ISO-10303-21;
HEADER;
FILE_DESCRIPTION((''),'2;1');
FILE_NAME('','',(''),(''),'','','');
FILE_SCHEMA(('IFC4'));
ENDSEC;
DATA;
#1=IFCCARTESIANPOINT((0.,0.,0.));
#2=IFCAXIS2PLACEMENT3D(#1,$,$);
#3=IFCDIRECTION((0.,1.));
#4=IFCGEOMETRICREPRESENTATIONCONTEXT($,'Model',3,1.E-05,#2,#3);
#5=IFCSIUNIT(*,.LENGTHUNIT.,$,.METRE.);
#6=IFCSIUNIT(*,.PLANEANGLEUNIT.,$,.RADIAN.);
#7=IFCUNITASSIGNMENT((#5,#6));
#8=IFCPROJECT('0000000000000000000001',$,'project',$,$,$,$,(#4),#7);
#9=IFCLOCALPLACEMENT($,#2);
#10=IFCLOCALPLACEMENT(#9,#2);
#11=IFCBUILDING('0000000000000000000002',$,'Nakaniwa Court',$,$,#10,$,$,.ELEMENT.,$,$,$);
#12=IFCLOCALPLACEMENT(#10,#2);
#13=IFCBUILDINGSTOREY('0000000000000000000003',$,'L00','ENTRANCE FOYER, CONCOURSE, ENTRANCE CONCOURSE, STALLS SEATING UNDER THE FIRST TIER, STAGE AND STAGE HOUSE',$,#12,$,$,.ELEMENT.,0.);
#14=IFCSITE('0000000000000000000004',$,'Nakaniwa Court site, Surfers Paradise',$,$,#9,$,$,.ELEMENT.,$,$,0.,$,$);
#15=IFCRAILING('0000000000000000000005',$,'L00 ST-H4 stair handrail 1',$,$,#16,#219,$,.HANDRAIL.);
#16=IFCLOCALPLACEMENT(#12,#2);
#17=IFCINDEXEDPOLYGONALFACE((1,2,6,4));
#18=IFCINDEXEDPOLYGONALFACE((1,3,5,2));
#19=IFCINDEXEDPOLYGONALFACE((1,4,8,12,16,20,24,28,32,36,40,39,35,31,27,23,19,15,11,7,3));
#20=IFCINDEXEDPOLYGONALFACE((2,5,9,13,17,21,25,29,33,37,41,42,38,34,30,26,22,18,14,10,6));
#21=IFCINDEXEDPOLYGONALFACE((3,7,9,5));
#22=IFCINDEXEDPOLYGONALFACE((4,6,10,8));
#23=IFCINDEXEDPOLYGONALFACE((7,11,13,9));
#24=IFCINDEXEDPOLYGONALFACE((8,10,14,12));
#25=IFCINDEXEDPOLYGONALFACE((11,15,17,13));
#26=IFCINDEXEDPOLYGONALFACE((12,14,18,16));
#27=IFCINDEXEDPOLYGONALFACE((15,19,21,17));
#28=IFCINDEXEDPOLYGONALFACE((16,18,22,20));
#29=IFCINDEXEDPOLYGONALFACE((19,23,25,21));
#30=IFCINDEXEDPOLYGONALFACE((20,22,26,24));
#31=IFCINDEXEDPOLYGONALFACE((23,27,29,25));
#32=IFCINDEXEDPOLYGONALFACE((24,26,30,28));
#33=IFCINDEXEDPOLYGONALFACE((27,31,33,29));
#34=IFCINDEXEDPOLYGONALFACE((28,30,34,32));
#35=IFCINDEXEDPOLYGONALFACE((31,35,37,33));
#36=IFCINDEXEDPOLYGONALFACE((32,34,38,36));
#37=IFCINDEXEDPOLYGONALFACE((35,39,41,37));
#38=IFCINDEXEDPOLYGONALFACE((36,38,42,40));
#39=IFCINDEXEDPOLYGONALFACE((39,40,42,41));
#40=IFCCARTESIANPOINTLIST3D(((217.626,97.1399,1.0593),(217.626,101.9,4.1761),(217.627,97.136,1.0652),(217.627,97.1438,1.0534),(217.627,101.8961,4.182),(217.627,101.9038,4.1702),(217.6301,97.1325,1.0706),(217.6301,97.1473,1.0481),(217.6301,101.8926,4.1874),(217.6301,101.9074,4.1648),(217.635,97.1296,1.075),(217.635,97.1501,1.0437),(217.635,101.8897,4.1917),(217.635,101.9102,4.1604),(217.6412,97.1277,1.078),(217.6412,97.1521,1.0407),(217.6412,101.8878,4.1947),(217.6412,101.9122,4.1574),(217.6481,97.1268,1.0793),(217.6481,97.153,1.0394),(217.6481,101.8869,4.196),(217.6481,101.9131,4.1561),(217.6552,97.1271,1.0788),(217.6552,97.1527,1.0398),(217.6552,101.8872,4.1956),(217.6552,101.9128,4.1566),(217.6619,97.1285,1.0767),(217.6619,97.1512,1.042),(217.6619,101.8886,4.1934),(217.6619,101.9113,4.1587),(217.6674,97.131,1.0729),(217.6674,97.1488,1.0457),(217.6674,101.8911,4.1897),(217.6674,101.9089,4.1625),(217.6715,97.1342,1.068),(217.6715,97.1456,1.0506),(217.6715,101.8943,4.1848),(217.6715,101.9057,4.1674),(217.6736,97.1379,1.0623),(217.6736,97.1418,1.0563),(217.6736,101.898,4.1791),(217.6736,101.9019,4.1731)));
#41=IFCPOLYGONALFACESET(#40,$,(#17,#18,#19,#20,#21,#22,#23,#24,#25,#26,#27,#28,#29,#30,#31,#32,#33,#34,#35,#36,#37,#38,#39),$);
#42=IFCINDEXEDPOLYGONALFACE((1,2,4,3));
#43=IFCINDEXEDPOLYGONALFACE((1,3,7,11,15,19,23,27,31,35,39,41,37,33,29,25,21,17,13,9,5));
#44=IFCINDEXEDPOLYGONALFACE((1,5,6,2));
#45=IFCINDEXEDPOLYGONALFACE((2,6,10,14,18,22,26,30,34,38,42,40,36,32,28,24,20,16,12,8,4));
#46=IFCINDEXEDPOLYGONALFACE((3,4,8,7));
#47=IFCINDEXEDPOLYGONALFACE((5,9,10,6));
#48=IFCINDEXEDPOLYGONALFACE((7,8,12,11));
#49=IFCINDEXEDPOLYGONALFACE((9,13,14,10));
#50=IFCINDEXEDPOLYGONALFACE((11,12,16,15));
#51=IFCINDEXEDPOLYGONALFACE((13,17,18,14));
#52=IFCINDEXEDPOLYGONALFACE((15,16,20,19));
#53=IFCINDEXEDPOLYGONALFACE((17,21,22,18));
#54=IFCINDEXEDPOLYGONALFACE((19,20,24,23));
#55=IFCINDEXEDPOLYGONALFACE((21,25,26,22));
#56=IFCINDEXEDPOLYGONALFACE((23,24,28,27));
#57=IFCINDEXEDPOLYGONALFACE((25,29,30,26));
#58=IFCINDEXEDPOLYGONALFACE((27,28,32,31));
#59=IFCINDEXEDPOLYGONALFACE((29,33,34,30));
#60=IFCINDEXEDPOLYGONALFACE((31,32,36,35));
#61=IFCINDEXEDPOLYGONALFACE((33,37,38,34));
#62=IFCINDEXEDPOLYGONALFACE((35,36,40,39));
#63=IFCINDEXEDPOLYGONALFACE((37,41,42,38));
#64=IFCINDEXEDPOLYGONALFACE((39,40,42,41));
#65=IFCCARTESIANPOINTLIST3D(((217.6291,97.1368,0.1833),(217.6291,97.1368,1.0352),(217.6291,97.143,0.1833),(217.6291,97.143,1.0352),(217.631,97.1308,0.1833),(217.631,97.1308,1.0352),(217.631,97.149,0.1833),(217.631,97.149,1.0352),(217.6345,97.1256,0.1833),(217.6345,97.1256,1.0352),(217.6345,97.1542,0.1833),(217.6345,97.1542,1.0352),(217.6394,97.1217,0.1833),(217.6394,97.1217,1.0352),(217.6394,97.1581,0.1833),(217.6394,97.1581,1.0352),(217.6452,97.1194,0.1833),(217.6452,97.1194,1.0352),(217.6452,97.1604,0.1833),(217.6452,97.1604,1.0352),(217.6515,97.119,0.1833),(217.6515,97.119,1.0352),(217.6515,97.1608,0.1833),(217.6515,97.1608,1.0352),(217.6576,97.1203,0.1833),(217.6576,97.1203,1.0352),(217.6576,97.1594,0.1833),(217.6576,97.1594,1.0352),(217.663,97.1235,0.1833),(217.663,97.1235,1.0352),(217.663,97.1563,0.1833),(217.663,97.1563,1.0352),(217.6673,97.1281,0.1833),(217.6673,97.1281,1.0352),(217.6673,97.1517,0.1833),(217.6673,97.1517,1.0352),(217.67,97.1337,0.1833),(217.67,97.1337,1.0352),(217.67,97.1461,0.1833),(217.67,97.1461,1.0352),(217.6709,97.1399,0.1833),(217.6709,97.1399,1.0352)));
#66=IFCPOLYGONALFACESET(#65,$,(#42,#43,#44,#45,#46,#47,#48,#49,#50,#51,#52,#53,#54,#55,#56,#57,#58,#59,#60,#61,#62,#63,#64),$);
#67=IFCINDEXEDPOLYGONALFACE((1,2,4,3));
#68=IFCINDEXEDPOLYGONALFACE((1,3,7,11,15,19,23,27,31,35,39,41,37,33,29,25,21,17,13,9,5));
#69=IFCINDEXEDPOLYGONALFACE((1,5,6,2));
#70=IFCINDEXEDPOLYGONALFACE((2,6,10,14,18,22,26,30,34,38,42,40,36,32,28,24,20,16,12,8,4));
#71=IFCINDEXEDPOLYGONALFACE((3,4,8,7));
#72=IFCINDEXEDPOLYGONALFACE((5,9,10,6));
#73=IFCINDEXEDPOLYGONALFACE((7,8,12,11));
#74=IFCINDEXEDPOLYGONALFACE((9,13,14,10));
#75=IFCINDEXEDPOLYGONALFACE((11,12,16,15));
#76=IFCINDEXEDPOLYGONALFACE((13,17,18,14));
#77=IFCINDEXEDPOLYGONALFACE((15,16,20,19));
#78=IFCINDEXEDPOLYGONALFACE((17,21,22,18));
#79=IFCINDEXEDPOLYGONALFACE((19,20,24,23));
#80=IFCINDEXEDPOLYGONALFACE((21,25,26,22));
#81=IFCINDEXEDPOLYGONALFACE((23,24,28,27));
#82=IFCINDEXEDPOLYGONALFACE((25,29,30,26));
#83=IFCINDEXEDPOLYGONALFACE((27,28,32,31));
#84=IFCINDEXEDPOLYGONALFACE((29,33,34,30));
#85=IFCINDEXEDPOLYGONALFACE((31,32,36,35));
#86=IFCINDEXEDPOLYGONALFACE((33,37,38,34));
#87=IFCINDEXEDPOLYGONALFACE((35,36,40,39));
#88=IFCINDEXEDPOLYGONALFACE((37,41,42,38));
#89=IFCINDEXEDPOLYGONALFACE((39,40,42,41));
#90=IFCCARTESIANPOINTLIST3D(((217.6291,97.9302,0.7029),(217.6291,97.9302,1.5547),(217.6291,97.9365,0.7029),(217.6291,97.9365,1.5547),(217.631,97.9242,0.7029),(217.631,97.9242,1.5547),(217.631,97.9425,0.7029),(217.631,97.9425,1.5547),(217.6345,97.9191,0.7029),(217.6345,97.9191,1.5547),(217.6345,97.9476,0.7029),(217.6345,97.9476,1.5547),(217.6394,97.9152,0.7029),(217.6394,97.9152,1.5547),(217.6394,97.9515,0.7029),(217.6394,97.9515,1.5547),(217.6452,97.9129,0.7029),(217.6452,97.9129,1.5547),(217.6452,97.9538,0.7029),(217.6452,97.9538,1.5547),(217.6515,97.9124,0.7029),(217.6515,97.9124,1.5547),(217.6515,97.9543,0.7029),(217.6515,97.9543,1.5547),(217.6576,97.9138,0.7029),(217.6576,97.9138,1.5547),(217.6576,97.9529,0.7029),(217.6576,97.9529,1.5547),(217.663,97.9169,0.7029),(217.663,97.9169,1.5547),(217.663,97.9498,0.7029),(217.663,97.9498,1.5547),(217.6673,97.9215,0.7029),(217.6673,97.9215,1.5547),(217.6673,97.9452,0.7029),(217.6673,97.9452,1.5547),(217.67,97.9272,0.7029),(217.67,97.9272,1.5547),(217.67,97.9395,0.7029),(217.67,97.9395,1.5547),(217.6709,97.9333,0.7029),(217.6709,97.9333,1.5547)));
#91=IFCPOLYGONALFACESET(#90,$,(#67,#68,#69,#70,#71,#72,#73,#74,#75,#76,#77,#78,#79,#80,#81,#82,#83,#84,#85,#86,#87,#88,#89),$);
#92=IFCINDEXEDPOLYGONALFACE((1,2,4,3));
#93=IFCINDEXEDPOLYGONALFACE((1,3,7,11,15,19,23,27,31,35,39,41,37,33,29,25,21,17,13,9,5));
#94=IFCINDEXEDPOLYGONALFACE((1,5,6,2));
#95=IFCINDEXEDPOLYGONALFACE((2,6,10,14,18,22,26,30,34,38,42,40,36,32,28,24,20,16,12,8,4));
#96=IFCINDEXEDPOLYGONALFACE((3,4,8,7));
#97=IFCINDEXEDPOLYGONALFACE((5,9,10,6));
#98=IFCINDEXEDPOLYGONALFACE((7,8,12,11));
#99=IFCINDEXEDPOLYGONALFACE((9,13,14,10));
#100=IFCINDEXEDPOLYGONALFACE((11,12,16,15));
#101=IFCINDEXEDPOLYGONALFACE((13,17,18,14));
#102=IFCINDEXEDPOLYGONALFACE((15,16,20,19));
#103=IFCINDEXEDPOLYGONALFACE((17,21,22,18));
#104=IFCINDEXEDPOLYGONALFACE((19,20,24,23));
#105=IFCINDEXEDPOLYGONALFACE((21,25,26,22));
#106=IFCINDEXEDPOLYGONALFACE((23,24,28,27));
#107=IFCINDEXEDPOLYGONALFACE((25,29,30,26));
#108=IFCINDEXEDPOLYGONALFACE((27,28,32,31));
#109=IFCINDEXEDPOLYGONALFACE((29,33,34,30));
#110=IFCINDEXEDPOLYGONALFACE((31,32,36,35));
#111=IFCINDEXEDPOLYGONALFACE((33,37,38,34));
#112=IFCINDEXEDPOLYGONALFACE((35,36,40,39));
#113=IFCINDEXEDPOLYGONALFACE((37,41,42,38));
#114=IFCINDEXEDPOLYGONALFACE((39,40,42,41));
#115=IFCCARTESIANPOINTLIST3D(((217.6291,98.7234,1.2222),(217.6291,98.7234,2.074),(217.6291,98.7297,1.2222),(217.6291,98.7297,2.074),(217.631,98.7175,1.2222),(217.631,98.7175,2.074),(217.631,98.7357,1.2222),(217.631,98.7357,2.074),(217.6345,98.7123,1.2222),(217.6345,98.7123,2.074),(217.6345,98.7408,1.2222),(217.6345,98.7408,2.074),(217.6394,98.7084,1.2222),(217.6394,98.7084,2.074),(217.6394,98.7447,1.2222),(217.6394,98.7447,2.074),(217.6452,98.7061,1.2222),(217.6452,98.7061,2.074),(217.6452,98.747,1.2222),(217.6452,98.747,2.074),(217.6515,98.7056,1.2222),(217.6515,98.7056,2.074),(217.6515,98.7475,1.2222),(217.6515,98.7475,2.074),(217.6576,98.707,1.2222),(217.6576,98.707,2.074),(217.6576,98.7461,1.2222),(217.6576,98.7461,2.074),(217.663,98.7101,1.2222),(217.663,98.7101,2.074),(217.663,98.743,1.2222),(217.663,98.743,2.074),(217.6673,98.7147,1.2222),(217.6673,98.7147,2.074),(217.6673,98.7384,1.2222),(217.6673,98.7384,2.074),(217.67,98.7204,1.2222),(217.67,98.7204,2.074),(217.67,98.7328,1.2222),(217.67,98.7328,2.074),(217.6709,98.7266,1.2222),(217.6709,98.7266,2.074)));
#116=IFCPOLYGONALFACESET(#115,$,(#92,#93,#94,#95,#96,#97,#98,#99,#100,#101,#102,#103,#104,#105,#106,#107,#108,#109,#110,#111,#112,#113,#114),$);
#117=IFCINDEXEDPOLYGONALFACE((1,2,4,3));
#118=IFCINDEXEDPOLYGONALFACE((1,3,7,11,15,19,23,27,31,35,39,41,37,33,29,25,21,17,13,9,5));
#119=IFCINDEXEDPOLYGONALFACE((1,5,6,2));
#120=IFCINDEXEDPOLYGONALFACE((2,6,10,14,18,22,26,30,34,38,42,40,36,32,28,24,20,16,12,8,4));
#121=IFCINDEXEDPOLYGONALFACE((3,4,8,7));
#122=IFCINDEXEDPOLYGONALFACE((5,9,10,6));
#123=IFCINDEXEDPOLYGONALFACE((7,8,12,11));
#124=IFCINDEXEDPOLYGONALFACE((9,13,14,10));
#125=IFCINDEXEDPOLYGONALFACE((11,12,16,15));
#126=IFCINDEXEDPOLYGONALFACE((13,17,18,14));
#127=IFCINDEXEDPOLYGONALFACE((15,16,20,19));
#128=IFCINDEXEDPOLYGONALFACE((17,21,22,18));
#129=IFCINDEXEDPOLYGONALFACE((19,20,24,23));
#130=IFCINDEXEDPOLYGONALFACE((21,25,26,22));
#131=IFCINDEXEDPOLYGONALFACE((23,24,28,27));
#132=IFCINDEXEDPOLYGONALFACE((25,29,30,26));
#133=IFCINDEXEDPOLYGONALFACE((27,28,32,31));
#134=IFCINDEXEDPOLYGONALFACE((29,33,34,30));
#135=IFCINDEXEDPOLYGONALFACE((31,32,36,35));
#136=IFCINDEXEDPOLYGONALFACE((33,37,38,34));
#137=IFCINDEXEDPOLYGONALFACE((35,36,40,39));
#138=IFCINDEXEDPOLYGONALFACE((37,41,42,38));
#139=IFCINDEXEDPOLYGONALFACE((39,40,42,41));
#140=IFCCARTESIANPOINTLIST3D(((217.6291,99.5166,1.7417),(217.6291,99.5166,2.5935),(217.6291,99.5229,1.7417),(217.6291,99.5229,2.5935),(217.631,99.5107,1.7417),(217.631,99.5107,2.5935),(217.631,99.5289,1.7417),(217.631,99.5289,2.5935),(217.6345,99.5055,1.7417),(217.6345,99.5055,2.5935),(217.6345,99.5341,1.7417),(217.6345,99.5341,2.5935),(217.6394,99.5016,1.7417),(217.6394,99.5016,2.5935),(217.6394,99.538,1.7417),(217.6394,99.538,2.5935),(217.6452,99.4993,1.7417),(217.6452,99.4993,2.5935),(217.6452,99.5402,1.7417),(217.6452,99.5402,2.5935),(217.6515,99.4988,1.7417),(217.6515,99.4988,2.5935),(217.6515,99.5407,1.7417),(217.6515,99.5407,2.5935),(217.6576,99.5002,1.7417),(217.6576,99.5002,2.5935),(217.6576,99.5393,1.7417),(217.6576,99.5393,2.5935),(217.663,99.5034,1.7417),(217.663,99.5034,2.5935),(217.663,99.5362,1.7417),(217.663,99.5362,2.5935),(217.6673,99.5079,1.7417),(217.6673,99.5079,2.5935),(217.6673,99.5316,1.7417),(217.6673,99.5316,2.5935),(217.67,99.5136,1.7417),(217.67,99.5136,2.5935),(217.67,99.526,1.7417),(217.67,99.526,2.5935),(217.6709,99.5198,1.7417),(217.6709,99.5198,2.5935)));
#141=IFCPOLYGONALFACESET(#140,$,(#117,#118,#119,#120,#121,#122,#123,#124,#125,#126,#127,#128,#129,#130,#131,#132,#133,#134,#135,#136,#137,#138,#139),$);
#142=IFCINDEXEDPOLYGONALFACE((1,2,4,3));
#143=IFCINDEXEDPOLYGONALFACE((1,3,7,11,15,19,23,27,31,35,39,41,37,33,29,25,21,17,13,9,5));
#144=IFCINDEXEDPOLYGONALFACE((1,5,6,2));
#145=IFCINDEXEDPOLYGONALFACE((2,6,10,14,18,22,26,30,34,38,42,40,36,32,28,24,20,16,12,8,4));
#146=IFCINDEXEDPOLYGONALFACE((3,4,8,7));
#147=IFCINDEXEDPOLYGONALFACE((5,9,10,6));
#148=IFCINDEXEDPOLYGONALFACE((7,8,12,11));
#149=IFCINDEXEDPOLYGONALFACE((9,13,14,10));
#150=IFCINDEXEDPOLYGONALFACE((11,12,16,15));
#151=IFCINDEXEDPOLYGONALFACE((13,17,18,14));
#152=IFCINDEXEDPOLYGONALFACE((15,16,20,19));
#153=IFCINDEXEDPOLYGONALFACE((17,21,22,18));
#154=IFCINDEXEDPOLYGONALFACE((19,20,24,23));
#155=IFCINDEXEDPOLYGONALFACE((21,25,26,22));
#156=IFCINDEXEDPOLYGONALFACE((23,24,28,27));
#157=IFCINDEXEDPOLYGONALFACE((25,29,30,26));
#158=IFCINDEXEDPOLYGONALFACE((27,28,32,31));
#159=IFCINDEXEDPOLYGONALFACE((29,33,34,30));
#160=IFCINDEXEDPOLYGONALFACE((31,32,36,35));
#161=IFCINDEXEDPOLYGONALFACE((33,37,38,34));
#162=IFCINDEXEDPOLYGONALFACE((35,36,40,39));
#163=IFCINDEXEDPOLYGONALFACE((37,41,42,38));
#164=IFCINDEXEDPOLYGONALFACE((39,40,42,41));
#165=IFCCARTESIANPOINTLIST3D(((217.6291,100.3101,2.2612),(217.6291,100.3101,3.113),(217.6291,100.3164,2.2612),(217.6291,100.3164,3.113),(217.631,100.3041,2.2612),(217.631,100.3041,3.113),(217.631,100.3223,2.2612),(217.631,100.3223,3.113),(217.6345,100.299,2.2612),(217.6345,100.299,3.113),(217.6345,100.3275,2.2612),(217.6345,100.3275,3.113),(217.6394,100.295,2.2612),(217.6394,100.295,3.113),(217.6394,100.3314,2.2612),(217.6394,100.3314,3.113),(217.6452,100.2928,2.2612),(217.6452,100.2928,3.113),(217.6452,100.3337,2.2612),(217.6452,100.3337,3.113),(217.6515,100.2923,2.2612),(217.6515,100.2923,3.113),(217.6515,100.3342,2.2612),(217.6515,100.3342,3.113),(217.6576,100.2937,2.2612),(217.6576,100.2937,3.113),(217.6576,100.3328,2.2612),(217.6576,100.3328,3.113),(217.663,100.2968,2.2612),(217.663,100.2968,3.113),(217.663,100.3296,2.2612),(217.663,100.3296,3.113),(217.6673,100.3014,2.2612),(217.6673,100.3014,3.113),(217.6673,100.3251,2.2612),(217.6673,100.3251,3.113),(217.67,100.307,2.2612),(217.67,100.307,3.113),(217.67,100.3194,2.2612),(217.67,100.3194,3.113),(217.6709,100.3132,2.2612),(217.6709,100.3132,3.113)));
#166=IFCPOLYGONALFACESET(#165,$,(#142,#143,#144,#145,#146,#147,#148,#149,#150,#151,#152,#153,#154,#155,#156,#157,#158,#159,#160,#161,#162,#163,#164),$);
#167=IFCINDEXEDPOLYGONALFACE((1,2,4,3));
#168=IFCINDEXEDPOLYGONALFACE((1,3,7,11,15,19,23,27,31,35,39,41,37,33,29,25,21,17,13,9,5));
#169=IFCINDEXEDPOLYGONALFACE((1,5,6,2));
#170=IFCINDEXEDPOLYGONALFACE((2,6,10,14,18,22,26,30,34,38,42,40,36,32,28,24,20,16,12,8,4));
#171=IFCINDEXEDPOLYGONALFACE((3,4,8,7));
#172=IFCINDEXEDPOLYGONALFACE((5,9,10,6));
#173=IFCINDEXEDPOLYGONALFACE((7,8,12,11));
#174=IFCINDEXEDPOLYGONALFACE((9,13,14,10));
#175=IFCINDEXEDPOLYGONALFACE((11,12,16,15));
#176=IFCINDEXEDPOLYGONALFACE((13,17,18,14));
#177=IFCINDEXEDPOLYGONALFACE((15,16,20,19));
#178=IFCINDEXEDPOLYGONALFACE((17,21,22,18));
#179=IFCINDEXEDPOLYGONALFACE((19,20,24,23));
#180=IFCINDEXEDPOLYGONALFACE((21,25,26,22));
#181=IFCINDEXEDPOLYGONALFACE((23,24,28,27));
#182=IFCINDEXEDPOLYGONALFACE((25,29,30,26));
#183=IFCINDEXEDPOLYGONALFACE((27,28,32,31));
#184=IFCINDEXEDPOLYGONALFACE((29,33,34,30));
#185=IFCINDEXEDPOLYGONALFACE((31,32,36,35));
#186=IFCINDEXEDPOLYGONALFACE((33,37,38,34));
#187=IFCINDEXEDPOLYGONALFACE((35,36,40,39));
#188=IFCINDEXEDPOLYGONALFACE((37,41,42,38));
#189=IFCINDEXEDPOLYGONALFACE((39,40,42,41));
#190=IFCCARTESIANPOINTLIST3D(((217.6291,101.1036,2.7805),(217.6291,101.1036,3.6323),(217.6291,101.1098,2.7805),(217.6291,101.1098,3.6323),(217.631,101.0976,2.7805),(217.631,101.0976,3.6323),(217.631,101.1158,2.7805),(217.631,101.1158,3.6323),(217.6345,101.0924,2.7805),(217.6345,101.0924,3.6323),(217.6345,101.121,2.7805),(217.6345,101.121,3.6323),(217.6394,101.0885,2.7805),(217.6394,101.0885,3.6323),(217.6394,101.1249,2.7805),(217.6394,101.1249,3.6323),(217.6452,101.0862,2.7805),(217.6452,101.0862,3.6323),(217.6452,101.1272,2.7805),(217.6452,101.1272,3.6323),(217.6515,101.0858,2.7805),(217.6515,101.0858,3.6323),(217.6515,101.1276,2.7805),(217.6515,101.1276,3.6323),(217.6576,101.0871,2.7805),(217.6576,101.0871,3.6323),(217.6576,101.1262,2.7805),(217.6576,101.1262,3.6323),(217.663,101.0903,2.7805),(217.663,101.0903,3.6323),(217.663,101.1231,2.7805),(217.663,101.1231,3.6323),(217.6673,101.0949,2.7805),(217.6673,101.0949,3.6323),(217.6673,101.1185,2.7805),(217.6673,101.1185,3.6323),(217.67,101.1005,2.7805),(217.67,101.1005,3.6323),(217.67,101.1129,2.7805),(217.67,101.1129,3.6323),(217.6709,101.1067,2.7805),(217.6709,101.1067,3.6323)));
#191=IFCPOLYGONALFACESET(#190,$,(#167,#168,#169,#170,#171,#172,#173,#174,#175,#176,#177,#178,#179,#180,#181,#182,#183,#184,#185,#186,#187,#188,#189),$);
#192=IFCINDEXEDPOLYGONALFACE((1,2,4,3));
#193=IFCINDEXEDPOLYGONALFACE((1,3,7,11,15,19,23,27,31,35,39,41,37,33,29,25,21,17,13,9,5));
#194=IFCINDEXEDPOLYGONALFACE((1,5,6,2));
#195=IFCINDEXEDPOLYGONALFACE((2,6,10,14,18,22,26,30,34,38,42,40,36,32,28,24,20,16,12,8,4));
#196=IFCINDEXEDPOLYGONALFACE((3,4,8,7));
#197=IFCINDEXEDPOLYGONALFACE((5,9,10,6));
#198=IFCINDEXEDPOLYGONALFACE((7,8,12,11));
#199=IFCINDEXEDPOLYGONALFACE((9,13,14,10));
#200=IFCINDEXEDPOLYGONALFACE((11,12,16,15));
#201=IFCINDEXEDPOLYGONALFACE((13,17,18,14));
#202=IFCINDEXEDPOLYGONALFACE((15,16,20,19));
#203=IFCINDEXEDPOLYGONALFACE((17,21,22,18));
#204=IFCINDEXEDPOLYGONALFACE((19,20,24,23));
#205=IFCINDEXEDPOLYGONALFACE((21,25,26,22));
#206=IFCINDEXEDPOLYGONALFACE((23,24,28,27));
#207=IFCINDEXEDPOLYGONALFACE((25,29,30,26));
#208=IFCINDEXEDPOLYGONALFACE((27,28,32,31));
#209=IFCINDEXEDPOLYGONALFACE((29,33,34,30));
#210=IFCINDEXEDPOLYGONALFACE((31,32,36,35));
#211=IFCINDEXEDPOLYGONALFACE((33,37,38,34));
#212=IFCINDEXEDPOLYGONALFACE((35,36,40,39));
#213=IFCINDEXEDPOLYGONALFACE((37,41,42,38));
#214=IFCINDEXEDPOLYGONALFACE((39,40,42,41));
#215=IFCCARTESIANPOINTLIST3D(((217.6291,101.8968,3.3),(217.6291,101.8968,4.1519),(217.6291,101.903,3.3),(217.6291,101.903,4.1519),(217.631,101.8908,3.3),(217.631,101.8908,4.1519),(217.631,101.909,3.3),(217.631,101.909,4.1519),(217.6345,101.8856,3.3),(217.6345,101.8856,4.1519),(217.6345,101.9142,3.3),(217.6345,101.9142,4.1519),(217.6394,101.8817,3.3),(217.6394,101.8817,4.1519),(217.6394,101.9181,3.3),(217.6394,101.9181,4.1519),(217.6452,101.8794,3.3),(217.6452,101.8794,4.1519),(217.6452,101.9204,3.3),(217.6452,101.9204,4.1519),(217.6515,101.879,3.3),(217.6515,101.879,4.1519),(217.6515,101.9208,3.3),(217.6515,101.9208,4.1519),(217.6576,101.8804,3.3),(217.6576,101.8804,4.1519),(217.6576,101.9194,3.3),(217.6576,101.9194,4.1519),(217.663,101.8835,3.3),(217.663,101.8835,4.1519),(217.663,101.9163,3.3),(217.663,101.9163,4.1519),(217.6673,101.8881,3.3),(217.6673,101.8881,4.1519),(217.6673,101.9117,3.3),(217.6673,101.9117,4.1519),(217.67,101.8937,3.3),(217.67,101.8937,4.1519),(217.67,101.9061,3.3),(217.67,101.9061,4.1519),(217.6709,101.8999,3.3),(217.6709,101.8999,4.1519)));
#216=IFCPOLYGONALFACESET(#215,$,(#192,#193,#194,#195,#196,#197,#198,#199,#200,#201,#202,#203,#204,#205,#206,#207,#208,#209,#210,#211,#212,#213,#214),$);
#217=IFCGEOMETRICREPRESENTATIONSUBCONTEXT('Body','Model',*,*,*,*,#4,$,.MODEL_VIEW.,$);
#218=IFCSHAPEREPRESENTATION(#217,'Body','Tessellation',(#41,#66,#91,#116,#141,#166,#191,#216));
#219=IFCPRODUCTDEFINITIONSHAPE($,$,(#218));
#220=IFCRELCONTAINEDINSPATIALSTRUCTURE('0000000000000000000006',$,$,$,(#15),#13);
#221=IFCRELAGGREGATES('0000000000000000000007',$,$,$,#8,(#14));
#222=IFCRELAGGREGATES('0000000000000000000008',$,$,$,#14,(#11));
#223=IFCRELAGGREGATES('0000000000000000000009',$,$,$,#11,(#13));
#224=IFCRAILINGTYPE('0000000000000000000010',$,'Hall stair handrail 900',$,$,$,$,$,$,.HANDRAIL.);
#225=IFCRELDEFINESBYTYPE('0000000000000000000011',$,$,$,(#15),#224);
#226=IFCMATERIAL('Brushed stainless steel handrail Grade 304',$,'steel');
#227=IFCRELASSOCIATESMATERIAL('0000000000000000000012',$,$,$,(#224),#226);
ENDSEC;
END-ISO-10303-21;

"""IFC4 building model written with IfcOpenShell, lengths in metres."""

from ifc_helpers import new_model, si_unit, direction, frame, origin, origin_2d, place, context, subcontext, project, spatial, circle, extrude, material, type_object, element, save


model = new_model("IFC4")

# Units and contexts
model_context = context("Model", 3, precision=1e-05, world=origin(), true_north=direction((0.0, 1.0)))
body_context = subcontext(model_context, "Body", "Model", "MODEL_VIEW")
ifc_project = project(units=[si_unit("LENGTHUNIT", "METRE"), si_unit("PLANEANGLEUNIT", "RADIAN")], contexts=[model_context])

# Site, building, storey
site_placement = place(None, origin())
site = spatial("IfcSite", under=ifc_project, at=site_placement, Name="Nakaniwa Court site, Surfers Paradise", CompositionType="ELEMENT", RefElevation=0.0)
building_placement = place(site_placement, origin())
building = spatial("IfcBuilding", under=site, at=building_placement, Name="Nakaniwa Court", CompositionType="ELEMENT")
storey_placement = place(building_placement, origin())
storey = spatial("IfcBuildingStorey", under=building, at=storey_placement, Name="L00", Description="ENTRANCE FOYER, CONCOURSE, ENTRANCE CONCOURSE, STALLS SEATING UNDER THE FIRST TIER, STAGE AND STAGE HOUSE", CompositionType="ELEMENT", Elevation=0.0)

# Railing
ifc_material_1 = material(Name="Brushed stainless steel handrail Grade 304", Category="steel")
railing_type_1 = type_object("IfcRailingType", Name="Hall stair handrail 900", PredefinedType="HANDRAIL", material=ifc_material_1)
railing_1_placement = place(storey_placement, frame((217.6499, 97.1399, 0.1833)))
element("IfcRailing", 1, at=railing_1_placement, inside=storey, type_object=railing_type_1, Name="L00 ST-H4 stair handrail 1", PredefinedType="HANDRAIL", context=body_context, shape_type="SweptSolid", body=[
    extrude(circle(Radius=0.0239, at=origin_2d()), frame((0.0, 0.0, 0.876), z_axis=(0.0, 0.836616, 0.547789), x_axis=(-1.0, 0.0, 0.0)), (0.0, 0.0, 1.0), 5.6897),
    extrude(circle(Radius=0.021, at=origin_2d()), origin(), (0.0, 0.0, 1.0), 0.8518),
    extrude(circle(Radius=0.021, at=origin_2d()), frame((0.0, 0.7935, 0.5195)), (0.0, 0.0, 1.0), 0.8518),
    extrude(circle(Radius=0.021, at=origin_2d()), frame((0.0, 1.5867, 1.0388)), (0.0, 0.0, 1.0), 0.8518),
    extrude(circle(Radius=0.021, at=origin_2d()), frame((0.0, 2.3799, 1.5583)), (0.0, 0.0, 1.0), 0.8518),
    extrude(circle(Radius=0.021, at=origin_2d()), frame((0.0, 3.1733, 2.0779)), (0.0, 0.0, 1.0), 0.8518),
    extrude(circle(Radius=0.021, at=origin_2d()), frame((0.0, 3.9668, 2.5972)), (0.0, 0.0, 1.0), 0.8518),
    extrude(circle(Radius=0.021, at=origin_2d()), frame((0.0, 4.76, 3.1167)), (0.0, 0.0, 1.0), 0.8518),
])

save(model, "model.ifc")
